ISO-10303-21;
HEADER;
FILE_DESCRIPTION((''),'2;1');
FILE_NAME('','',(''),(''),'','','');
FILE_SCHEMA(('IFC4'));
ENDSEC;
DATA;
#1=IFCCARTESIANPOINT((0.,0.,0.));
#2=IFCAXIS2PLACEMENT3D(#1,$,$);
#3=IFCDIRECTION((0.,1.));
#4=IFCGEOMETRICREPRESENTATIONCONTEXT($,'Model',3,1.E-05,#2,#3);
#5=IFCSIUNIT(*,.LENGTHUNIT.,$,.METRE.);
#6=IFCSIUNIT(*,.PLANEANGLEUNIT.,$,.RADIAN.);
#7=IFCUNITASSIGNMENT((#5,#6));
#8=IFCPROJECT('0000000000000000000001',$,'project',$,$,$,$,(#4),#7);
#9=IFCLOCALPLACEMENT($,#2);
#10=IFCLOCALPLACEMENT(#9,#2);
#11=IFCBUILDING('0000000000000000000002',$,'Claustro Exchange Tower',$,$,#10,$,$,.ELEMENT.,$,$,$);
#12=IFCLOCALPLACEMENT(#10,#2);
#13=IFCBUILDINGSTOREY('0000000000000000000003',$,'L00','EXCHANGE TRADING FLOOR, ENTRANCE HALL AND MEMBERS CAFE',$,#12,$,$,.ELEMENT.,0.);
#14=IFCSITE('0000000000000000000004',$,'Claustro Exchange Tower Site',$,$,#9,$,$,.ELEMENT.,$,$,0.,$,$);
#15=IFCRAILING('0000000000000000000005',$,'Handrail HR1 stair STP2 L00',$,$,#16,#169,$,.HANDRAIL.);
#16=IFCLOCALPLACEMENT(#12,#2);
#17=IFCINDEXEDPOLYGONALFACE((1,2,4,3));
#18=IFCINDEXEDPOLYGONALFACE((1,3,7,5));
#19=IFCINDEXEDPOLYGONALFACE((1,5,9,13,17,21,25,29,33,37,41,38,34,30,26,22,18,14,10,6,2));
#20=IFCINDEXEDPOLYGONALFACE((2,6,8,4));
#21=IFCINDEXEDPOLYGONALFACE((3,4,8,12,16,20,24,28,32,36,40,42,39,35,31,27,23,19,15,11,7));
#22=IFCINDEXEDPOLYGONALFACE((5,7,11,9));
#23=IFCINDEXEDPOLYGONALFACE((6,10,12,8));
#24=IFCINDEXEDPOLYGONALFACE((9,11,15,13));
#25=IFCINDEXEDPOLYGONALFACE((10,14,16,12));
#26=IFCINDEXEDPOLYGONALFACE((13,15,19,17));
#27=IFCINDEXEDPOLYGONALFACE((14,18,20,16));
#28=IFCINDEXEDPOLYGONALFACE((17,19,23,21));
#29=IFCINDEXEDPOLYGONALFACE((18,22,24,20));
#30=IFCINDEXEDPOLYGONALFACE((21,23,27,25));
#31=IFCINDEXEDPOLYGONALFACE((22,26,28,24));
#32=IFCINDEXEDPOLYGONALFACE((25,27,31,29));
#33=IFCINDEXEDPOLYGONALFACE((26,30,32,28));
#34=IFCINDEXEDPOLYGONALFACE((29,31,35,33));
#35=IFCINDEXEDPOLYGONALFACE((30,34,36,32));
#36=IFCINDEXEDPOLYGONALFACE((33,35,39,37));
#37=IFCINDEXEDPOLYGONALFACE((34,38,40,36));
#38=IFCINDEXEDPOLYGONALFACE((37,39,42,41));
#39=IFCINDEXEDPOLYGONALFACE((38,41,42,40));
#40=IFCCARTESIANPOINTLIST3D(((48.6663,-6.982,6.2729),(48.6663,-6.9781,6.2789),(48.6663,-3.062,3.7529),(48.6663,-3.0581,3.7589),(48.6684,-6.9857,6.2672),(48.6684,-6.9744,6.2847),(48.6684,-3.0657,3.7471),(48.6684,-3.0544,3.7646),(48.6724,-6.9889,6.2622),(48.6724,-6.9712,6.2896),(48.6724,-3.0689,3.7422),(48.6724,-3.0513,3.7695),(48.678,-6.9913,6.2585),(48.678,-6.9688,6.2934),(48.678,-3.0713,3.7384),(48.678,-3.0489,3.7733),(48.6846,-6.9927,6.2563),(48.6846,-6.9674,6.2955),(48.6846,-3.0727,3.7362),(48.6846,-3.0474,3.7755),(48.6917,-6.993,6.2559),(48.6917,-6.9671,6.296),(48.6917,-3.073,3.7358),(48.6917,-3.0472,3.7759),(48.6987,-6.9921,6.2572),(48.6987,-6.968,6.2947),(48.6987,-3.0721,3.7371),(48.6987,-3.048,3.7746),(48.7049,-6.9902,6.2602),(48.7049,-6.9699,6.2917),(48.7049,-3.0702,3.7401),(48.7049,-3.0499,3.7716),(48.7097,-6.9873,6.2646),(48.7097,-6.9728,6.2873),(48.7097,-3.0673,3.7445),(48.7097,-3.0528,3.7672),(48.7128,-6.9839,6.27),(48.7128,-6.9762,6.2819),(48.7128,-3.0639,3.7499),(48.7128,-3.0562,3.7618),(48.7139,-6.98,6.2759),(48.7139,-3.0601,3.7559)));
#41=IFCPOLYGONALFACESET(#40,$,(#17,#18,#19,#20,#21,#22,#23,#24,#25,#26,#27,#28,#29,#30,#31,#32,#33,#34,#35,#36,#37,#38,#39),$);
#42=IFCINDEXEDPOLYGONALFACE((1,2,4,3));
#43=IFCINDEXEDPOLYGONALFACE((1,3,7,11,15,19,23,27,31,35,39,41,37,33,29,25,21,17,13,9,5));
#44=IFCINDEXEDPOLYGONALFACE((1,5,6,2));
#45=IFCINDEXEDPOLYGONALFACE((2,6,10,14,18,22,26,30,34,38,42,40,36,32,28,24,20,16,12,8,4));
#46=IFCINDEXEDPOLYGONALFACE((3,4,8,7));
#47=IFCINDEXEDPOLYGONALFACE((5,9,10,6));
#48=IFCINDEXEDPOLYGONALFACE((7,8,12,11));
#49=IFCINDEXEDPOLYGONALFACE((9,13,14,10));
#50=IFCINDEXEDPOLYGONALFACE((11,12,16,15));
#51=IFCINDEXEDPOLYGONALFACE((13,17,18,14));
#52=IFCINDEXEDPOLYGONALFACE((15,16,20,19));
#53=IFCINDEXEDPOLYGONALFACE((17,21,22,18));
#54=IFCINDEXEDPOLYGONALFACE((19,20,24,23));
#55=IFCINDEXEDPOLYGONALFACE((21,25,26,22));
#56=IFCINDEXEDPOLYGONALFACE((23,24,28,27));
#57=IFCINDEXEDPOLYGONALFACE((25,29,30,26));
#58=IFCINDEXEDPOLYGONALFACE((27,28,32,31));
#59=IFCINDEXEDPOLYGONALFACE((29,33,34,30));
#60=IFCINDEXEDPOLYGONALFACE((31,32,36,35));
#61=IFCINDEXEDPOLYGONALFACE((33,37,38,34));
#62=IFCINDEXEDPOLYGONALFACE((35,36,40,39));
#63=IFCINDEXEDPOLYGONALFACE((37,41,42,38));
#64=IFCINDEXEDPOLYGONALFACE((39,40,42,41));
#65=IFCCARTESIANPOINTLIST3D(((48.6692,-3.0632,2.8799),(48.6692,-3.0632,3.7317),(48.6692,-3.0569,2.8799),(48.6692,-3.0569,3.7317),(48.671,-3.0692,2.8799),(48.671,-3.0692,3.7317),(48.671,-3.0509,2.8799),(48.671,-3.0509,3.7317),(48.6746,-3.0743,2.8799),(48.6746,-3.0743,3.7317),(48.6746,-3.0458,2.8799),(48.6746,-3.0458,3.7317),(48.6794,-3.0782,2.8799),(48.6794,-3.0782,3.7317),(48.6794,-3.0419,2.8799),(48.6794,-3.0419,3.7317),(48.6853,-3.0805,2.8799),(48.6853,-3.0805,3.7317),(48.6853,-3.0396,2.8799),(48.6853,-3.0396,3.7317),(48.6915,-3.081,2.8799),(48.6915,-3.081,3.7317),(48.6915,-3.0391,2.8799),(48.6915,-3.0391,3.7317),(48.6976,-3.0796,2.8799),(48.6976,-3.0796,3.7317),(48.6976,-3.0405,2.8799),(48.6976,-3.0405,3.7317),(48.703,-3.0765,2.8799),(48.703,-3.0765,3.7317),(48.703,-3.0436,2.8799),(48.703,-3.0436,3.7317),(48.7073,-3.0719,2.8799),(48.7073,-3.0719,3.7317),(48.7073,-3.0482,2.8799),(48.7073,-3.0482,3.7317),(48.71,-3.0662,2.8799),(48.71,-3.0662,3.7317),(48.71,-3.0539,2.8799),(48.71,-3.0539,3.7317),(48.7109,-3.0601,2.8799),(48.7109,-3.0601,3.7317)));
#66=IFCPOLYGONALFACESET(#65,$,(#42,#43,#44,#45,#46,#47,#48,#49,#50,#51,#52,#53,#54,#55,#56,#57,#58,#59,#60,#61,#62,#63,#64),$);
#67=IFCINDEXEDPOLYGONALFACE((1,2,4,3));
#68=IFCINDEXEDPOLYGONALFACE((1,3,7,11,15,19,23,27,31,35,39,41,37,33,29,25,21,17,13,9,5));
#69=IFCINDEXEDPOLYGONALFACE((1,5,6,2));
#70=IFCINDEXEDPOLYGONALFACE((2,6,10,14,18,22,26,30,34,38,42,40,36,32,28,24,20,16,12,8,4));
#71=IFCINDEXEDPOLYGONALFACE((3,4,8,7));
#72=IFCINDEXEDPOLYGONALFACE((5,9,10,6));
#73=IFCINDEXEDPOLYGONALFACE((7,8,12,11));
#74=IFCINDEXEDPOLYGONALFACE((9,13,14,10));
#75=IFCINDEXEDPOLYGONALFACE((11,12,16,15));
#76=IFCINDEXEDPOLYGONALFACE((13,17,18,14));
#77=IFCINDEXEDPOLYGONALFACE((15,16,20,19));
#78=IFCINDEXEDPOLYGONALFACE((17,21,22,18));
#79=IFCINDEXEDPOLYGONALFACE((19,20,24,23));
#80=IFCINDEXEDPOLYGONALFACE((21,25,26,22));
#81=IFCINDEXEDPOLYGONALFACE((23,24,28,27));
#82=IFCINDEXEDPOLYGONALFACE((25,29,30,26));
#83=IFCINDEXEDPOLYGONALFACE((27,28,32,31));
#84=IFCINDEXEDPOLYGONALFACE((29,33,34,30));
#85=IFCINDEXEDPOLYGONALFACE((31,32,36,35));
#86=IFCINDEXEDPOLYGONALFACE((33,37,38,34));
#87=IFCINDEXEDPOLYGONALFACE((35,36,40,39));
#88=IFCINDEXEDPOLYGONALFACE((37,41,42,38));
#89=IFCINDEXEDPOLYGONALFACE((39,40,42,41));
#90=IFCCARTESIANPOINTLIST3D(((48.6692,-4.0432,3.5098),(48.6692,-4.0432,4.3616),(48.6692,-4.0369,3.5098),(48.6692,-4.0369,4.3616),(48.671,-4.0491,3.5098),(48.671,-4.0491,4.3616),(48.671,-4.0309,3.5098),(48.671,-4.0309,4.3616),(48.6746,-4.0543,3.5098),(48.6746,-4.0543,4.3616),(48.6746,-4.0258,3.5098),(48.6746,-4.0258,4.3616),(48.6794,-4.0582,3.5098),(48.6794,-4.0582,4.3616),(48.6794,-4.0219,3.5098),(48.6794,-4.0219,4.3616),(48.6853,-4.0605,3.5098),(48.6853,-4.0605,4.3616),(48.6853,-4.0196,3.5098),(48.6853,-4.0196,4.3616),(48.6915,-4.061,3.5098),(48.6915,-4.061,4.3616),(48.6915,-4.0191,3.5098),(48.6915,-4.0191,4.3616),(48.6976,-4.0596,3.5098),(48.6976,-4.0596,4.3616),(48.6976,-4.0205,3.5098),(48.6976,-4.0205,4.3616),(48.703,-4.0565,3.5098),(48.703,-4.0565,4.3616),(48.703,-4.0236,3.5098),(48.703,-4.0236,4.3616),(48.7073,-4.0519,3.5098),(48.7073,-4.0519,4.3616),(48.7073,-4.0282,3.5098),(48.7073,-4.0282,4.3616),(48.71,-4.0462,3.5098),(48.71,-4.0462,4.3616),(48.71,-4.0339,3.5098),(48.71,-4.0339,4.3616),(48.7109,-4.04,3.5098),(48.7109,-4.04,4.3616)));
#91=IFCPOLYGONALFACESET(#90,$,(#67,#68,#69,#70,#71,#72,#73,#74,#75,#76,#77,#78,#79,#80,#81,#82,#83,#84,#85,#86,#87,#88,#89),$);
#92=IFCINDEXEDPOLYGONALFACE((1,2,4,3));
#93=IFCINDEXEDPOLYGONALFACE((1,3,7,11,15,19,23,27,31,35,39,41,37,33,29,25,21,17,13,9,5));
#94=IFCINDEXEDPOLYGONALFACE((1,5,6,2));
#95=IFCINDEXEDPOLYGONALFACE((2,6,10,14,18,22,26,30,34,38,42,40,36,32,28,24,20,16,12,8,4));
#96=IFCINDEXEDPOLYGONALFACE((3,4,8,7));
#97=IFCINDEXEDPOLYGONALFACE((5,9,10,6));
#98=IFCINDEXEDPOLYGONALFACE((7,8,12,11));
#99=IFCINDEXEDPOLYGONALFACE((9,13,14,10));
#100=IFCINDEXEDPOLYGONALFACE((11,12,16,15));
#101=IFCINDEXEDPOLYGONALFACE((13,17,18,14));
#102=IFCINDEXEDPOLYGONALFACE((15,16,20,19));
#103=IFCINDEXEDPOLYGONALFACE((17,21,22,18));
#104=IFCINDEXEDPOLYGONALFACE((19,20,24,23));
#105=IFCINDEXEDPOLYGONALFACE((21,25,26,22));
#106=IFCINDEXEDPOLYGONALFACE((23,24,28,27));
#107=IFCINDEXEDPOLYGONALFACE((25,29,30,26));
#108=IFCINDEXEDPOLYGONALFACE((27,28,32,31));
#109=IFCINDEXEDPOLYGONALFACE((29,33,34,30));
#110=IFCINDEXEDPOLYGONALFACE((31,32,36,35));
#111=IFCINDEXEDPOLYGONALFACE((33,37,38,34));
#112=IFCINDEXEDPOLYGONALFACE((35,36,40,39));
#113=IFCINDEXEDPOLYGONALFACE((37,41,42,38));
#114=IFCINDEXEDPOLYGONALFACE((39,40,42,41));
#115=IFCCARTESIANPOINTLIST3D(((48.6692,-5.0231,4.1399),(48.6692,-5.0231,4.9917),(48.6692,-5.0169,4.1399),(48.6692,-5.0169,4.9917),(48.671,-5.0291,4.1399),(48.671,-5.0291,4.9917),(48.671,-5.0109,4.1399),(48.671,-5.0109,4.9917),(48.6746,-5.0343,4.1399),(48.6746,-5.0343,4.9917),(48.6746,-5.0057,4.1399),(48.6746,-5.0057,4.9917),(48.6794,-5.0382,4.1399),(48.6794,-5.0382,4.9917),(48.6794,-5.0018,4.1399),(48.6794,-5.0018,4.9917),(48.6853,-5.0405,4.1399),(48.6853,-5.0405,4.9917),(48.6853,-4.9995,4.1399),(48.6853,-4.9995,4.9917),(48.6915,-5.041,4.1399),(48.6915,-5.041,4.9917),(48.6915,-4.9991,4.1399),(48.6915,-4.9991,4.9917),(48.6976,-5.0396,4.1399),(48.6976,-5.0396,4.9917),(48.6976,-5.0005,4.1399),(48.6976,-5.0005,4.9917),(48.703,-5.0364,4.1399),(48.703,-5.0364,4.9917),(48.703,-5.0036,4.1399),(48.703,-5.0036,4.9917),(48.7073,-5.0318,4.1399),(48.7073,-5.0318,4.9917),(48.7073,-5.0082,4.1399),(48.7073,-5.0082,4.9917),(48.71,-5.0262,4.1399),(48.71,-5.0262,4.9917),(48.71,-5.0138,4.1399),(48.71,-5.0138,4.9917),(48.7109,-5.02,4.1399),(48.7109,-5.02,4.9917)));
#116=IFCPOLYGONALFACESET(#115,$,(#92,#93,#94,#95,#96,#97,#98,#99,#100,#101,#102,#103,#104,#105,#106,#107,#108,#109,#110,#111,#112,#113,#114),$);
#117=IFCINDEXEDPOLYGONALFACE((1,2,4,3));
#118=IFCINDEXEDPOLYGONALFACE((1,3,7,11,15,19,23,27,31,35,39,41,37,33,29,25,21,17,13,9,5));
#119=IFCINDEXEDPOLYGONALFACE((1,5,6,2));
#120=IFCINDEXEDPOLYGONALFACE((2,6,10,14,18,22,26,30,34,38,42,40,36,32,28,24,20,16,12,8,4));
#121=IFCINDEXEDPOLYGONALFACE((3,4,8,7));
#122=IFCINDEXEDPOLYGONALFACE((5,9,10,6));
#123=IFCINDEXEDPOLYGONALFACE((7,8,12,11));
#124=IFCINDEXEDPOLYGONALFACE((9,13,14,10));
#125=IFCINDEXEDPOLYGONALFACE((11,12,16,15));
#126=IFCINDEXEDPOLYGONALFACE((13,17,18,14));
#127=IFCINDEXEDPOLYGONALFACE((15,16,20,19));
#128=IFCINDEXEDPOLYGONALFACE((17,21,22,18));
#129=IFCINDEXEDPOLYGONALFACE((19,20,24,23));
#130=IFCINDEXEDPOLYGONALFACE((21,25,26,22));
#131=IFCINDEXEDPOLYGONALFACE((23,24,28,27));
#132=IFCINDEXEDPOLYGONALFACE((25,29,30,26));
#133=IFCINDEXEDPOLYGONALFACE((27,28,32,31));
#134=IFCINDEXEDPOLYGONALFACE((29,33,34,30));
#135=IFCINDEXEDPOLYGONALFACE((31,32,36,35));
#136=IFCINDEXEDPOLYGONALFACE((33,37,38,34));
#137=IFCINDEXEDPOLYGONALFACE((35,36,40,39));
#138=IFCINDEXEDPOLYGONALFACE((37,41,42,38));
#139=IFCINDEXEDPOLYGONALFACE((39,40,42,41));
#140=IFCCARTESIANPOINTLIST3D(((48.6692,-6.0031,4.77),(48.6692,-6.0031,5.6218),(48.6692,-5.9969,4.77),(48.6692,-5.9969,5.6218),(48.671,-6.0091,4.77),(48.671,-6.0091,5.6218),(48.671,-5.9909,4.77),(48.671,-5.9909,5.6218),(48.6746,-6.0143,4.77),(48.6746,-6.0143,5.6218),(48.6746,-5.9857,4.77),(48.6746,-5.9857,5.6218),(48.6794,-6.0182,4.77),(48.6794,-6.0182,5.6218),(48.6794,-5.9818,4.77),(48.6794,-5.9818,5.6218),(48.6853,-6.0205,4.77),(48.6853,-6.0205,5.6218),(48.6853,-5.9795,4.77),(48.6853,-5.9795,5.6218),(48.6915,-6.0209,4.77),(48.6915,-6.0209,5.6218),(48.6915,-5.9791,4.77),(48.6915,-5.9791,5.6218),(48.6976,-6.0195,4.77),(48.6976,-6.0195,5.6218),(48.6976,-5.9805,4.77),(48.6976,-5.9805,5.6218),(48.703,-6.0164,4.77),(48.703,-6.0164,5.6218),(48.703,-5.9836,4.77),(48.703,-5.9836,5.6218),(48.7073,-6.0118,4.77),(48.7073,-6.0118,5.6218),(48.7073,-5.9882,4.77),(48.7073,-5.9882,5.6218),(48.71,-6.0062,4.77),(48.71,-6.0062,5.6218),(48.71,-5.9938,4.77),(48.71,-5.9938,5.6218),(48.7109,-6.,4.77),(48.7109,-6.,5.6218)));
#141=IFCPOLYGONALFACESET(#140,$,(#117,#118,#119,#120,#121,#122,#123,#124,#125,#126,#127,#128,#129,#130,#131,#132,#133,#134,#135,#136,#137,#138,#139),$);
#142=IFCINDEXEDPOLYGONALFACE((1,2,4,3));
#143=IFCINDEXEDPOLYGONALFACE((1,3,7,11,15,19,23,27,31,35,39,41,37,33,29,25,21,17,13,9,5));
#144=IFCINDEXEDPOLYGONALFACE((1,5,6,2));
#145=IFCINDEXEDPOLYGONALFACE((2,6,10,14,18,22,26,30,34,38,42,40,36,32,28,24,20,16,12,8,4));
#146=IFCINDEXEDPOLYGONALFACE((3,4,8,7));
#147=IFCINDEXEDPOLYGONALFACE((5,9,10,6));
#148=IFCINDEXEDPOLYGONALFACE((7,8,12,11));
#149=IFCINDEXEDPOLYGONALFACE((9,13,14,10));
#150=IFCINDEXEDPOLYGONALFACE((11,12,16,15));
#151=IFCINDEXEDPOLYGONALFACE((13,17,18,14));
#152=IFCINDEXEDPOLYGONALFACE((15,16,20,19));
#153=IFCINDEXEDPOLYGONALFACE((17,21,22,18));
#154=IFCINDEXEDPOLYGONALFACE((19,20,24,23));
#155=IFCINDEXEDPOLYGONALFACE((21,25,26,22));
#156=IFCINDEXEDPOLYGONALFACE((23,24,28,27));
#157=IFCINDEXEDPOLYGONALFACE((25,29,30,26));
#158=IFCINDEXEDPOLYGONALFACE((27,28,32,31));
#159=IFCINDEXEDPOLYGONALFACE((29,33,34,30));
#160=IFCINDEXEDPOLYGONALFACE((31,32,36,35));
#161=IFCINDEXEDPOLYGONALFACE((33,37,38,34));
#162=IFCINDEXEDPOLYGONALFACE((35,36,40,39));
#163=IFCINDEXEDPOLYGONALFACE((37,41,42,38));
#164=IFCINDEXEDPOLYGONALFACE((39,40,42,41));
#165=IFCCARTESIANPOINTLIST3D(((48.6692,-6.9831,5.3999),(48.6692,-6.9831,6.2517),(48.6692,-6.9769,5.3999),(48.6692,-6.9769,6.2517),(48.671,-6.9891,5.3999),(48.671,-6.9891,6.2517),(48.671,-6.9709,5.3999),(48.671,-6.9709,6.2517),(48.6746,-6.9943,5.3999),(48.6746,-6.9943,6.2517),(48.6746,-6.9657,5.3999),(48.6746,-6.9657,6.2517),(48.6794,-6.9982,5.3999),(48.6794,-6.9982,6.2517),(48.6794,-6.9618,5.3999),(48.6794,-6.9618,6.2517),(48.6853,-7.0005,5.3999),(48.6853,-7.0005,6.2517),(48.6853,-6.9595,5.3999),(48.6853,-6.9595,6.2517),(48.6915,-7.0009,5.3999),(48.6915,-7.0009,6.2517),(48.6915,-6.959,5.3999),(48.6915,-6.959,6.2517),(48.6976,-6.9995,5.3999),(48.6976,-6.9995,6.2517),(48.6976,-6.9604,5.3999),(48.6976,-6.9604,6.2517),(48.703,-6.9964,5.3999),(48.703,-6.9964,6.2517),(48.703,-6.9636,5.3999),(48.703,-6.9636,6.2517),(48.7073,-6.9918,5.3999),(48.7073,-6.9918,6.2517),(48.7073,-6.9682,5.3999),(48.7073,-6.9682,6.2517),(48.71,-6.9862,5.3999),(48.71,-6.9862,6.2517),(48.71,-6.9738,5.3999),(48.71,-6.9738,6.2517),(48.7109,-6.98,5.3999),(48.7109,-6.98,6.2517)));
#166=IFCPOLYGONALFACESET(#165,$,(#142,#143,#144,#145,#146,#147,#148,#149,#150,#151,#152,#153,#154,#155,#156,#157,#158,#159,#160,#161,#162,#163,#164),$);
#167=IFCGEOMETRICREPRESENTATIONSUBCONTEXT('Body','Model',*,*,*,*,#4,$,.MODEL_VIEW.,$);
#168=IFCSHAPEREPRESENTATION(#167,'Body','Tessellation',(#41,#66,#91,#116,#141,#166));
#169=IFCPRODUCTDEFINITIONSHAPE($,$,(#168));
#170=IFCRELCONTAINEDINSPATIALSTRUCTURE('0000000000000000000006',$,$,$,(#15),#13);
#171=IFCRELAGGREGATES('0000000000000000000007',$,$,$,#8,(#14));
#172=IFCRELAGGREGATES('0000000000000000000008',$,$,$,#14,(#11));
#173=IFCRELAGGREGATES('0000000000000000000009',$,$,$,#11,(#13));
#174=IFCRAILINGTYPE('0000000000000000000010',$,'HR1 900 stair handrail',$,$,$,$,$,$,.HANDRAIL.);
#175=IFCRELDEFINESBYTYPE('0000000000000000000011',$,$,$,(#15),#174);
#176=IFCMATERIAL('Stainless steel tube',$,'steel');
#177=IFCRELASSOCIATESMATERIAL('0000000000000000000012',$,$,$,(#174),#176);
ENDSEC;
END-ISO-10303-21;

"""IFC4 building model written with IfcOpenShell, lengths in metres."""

from ifc_helpers import new_model, si_unit, direction, frame, origin, origin_2d, place, context, subcontext, project, spatial, circle, extrude, material, type_object, element, save


model = new_model("IFC4")

# Units and contexts
model_context = context("Model", 3, precision=1e-05, world=origin(), true_north=direction((0.0, 1.0)))
body_context = subcontext(model_context, "Body", "Model", "MODEL_VIEW")
ifc_project = project(units=[si_unit("LENGTHUNIT", "METRE"), si_unit("PLANEANGLEUNIT", "RADIAN")], contexts=[model_context])

# Site, building, storey
site_placement = place(None, origin())
site = spatial("IfcSite", under=ifc_project, at=site_placement, Name="Claustro Exchange Tower Site", CompositionType="ELEMENT", RefElevation=0.0)
building_placement = place(site_placement, origin())
building = spatial("IfcBuilding", under=site, at=building_placement, Name="Claustro Exchange Tower", CompositionType="ELEMENT")
storey_placement = place(building_placement, origin())
storey = spatial("IfcBuildingStorey", under=building, at=storey_placement, Name="L00", Description="EXCHANGE TRADING FLOOR, ENTRANCE HALL AND MEMBERS CAFE", CompositionType="ELEMENT", Elevation=0.0)

# Railing
ifc_material_1 = material(Name="Stainless steel tube", Category="steel")
railing_type_1 = type_object("IfcRailingType", Name="HR1 900 stair handrail", PredefinedType="HANDRAIL", material=ifc_material_1)
railing_1_placement = place(storey_placement, frame((48.6899, -3.0601, 2.8799)))
element("IfcRailing", 1, at=railing_1_placement, inside=storey, type_object=railing_type_1, Name="Handrail HR1 stair STP2 L00", PredefinedType="HANDRAIL", context=body_context, shape_type="SweptSolid", body=[
    extrude(circle(Radius=0.0239, at=origin_2d()), frame((0.0, 0.0, 0.876), z_axis=(0.0, -0.841172, 0.540768), x_axis=(1.0, 0.0, 0.0)), (0.0, 0.0, 1.0), 4.6602),
    extrude(circle(Radius=0.021, at=origin_2d()), origin(), (0.0, 0.0, 1.0), 0.8518),
    extrude(circle(Radius=0.021, at=origin_2d()), frame((0.0, -0.98, 0.6299)), (0.0, 0.0, 1.0), 0.8518),
    extrude(circle(Radius=0.021, at=origin_2d()), frame((0.0, -1.96, 1.26)), (0.0, 0.0, 1.0), 0.8518),
    extrude(circle(Radius=0.021, at=origin_2d()), frame((0.0, -2.9399, 1.8901)), (0.0, 0.0, 1.0), 0.8518),
    extrude(circle(Radius=0.021, at=origin_2d()), frame((0.0, -3.9199, 2.52)), (0.0, 0.0, 1.0), 0.8518),
])

save(model, "model.ifc")
